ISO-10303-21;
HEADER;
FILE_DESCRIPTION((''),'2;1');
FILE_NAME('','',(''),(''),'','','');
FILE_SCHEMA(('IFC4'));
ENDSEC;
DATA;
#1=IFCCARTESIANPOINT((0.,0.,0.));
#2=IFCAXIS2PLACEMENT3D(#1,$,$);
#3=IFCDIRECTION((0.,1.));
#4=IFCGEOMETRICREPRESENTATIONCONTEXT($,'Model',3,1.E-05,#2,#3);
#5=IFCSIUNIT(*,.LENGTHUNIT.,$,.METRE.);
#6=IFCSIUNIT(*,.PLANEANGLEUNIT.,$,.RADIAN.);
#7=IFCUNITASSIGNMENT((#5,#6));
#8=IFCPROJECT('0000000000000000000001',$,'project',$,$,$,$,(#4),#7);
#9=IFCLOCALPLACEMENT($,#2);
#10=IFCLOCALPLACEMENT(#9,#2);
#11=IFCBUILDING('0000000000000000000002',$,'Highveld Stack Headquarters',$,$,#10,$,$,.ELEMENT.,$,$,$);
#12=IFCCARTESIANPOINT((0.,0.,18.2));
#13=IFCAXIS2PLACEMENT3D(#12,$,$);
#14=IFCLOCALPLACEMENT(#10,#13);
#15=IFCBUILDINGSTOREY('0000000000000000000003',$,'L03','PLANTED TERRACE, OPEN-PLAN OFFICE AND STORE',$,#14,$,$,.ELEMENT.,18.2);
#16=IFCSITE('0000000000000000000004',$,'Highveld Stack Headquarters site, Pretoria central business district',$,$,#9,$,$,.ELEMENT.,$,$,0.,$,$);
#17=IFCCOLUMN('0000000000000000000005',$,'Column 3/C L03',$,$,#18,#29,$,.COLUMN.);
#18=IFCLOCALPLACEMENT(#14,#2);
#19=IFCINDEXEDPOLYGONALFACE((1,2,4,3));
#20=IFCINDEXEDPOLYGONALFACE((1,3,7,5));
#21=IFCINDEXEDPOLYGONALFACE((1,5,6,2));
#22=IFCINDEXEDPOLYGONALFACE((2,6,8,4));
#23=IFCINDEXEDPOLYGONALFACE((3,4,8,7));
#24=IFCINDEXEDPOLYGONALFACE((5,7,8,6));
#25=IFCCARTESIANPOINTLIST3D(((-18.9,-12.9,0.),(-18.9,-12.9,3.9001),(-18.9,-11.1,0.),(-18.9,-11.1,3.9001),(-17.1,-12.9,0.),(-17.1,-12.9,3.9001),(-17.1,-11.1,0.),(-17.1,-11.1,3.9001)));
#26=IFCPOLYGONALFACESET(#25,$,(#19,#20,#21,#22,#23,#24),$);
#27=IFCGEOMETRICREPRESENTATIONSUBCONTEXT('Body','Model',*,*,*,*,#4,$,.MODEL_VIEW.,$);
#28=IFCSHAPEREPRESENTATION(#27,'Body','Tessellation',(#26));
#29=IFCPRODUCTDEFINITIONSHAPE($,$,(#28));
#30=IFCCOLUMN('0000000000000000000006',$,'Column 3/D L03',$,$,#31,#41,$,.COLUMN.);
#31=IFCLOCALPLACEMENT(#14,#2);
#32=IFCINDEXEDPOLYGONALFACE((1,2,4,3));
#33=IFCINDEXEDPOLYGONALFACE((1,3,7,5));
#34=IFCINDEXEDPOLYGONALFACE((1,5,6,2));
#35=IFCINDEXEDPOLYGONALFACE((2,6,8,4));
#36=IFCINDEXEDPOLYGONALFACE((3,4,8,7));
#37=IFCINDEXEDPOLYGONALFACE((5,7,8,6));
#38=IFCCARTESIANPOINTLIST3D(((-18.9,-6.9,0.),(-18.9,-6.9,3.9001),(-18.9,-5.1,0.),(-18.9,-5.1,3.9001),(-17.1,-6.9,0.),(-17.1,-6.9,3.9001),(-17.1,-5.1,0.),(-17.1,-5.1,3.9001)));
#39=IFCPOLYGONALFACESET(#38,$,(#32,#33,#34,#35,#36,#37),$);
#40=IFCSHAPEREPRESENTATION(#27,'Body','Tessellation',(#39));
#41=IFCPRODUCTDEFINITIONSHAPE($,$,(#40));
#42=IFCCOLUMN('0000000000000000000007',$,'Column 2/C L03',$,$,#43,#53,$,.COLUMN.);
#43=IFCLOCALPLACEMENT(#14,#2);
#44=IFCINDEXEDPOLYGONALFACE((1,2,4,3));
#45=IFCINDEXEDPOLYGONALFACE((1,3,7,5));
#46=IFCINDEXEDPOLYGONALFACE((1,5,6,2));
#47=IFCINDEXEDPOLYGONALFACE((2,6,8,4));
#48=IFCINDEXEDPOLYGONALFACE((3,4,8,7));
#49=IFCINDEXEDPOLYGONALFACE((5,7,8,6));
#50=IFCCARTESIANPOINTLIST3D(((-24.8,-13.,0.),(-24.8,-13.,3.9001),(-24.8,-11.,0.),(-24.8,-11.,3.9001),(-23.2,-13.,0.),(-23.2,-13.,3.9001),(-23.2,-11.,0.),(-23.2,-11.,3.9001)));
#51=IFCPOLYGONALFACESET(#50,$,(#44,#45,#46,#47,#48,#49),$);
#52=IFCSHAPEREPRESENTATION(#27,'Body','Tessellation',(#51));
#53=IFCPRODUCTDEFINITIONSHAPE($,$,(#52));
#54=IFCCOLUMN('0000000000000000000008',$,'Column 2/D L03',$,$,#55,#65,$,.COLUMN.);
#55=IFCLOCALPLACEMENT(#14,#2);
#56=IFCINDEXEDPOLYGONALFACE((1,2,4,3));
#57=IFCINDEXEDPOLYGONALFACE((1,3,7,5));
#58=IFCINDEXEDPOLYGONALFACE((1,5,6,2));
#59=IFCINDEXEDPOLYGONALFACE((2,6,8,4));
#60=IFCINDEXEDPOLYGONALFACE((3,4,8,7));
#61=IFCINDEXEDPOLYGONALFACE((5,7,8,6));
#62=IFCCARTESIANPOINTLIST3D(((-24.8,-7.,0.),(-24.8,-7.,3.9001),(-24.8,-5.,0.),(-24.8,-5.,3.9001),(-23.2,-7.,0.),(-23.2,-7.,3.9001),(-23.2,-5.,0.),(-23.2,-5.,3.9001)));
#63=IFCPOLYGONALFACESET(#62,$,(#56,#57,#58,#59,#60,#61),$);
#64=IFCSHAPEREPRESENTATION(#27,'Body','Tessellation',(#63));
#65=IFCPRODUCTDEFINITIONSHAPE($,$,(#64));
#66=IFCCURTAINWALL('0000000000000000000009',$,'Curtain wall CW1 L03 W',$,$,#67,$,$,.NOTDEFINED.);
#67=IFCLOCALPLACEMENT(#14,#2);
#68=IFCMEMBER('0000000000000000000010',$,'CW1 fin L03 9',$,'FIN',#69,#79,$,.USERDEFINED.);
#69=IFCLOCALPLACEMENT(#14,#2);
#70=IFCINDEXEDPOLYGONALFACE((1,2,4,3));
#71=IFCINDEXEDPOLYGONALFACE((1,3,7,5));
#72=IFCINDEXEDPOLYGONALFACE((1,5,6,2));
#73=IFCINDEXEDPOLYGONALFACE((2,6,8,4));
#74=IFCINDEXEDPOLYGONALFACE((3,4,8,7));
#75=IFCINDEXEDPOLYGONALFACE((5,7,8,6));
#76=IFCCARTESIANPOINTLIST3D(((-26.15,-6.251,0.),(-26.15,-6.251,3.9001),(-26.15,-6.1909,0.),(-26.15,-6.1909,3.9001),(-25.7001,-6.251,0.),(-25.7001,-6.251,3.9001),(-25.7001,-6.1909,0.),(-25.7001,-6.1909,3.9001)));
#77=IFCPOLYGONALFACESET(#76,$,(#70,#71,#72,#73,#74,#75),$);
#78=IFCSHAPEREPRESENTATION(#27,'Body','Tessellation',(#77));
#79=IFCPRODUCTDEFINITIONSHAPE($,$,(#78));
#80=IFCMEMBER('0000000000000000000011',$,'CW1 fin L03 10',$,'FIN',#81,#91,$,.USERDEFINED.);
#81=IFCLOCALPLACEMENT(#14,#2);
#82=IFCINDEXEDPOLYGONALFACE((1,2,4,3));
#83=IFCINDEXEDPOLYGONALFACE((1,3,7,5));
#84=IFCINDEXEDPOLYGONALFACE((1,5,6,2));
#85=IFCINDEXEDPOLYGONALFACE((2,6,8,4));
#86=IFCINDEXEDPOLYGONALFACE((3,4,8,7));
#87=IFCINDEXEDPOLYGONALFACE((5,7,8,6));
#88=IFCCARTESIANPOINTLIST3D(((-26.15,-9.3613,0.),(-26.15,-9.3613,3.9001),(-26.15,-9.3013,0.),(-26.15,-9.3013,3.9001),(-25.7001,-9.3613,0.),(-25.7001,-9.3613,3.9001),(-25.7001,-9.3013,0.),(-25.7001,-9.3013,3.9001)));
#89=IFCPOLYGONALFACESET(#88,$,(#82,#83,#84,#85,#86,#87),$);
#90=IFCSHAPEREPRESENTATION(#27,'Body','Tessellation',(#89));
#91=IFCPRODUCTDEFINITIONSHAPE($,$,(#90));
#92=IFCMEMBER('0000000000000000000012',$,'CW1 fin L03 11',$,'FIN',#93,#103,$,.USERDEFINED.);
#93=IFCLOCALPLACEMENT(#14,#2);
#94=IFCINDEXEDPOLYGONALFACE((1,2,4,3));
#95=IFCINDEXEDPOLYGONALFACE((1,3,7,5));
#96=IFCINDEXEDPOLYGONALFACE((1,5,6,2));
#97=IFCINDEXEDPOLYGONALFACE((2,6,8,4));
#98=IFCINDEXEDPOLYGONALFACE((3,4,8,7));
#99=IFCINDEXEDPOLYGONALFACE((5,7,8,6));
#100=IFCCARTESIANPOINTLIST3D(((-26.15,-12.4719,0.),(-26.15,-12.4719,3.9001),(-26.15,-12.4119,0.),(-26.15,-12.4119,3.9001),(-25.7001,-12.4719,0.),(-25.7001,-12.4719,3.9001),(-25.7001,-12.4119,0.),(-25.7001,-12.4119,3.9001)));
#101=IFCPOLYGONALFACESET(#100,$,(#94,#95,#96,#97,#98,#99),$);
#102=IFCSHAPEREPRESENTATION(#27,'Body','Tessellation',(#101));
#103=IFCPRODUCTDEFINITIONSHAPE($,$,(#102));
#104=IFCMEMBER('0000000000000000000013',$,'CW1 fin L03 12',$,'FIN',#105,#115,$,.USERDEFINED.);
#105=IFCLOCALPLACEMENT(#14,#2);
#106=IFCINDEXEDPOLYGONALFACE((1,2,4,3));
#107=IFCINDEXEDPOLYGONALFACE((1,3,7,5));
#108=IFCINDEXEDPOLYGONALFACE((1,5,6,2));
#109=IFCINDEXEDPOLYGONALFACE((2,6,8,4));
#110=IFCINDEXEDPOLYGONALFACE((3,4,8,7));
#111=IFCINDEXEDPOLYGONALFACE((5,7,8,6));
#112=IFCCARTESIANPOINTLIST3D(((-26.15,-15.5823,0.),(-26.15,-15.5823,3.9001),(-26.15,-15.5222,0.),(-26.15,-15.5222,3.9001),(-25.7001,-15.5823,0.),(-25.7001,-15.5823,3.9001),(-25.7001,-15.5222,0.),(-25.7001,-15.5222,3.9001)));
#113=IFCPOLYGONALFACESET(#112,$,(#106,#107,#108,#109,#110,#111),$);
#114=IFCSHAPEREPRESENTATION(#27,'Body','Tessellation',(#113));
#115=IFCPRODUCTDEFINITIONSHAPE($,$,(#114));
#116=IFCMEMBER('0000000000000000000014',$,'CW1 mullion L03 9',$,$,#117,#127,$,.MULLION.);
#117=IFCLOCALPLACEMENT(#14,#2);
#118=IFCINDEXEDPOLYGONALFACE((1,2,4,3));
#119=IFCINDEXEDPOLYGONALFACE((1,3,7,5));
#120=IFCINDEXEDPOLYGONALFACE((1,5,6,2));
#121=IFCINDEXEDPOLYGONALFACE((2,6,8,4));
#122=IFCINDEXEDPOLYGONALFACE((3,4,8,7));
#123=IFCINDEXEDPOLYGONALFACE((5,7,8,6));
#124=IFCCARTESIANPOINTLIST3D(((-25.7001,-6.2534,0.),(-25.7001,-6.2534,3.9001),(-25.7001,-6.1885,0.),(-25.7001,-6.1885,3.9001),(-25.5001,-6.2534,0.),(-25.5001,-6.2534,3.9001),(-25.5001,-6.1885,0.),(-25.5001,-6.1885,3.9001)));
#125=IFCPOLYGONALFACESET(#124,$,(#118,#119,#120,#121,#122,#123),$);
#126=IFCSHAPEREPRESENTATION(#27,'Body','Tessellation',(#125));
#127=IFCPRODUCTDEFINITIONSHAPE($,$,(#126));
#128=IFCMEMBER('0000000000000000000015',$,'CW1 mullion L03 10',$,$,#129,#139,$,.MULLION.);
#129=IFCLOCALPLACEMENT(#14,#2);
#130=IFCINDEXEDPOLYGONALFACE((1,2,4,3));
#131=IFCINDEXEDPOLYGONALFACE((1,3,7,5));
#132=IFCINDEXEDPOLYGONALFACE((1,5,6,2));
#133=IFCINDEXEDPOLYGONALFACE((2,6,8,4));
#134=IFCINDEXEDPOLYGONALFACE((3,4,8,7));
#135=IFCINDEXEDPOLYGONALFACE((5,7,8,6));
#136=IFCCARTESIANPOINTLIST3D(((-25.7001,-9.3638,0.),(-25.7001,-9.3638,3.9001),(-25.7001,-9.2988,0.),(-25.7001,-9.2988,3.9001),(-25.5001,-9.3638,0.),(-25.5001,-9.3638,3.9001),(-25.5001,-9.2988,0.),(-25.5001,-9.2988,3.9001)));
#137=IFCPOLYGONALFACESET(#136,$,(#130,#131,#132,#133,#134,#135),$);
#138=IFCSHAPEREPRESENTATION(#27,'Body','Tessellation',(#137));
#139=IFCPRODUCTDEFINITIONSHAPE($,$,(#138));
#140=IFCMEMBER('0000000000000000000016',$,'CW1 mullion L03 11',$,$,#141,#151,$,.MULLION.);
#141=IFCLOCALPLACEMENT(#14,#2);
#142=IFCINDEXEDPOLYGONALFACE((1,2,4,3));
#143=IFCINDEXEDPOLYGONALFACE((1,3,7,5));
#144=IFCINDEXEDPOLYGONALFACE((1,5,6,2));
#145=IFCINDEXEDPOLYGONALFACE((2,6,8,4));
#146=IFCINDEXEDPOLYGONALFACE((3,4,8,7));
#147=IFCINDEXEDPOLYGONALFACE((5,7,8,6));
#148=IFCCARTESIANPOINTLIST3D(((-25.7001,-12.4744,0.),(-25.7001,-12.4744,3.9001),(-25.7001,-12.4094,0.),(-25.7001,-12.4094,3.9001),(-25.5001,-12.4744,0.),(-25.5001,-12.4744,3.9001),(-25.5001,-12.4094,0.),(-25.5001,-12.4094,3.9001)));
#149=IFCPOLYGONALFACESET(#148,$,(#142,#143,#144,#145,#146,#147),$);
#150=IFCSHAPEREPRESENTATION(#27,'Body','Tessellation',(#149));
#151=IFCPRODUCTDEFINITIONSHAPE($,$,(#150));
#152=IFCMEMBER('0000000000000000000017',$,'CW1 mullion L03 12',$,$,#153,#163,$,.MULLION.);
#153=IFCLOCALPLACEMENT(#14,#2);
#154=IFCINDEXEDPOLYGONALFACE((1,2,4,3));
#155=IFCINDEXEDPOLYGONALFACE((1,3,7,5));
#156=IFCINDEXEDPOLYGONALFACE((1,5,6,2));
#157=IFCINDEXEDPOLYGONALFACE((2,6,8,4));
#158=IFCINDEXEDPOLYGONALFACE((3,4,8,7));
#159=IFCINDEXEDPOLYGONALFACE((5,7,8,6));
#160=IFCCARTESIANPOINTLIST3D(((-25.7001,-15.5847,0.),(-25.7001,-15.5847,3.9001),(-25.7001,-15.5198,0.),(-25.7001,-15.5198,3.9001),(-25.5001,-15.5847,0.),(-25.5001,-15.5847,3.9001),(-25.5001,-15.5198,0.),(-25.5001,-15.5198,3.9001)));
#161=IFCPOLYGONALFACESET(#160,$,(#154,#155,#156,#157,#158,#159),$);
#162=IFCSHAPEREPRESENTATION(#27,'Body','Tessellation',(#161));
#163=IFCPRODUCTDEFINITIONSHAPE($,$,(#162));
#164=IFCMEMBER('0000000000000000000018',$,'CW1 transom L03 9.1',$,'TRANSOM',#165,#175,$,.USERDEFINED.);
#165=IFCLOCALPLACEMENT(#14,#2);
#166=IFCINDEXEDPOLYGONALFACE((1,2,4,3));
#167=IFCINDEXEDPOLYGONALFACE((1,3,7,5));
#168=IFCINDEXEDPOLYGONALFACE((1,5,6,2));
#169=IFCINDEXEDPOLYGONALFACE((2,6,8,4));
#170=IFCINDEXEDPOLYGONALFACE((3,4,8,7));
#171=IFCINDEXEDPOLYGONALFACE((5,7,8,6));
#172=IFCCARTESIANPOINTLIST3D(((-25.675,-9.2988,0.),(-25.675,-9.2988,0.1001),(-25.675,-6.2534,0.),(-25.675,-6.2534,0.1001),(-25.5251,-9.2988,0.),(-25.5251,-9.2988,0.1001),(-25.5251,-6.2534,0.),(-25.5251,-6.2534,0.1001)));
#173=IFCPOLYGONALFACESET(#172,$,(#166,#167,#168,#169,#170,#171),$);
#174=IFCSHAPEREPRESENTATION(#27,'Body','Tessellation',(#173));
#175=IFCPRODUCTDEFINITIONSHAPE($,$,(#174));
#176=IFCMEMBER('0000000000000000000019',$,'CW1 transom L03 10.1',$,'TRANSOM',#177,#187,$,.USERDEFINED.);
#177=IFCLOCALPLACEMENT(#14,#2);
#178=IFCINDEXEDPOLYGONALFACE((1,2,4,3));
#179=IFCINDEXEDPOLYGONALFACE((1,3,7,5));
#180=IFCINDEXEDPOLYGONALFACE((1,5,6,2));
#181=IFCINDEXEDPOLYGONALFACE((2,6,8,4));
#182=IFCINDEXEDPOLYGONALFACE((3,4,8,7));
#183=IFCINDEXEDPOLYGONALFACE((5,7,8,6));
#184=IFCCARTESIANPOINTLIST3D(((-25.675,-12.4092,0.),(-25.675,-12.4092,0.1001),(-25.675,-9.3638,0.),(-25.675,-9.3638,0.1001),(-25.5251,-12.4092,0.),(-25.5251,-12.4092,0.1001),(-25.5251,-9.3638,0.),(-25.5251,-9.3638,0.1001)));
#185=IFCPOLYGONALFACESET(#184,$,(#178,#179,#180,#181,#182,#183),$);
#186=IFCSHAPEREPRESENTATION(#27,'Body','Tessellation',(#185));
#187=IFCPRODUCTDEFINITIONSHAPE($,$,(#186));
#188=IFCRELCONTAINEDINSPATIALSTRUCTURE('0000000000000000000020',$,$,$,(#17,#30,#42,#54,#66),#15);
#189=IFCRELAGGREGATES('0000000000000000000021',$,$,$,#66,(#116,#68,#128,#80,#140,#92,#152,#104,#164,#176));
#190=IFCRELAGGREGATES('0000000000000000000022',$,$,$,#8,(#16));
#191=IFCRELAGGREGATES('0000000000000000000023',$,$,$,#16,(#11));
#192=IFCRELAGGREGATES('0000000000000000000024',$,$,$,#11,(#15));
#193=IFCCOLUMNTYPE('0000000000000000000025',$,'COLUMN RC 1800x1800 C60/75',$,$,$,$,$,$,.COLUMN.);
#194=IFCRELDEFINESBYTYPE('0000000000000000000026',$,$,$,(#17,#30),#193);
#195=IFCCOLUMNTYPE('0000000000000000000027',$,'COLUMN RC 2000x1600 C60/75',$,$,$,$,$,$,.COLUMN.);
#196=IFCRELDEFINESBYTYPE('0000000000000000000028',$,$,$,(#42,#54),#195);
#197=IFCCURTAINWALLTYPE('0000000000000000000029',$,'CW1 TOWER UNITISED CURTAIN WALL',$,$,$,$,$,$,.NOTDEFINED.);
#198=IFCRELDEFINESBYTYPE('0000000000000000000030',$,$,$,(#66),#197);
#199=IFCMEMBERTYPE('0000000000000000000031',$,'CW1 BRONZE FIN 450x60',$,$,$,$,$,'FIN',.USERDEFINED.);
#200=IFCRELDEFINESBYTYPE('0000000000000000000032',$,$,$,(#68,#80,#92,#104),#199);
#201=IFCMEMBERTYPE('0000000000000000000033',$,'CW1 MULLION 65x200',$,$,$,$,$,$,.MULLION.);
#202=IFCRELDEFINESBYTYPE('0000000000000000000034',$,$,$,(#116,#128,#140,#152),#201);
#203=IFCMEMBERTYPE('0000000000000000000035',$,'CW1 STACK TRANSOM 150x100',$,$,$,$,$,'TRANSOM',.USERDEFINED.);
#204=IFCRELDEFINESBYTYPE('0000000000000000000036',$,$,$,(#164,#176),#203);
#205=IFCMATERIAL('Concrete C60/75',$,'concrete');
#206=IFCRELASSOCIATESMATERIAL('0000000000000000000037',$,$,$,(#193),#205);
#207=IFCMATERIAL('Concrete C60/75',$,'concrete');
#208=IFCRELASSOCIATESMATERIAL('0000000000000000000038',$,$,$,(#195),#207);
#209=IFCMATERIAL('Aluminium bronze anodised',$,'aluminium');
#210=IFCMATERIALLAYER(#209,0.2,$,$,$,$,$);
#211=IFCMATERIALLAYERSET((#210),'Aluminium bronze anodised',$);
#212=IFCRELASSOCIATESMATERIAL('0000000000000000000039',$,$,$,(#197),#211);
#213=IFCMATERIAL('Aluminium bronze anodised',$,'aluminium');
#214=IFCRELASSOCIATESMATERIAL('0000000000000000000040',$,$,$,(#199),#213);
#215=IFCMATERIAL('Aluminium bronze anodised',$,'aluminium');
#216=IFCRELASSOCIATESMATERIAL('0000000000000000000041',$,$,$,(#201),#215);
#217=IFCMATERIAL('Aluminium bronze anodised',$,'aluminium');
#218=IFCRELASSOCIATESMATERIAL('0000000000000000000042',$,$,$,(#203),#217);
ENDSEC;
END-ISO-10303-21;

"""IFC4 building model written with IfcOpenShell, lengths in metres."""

from ifc_helpers import new_model, si_unit, direction, frame, origin, origin_2d, place, context, subcontext, project, spatial, rectangle, extrude, material, layer, layer_set, material_profile, profile_set, type_object, element, aggregate, save


model = new_model("IFC4")

# Units and contexts
model_context = context("Model", 3, precision=1e-05, world=origin(), true_north=direction((0.0, 1.0)))
body_context = subcontext(model_context, "Body", "Model", "MODEL_VIEW")
ifc_project = project(units=[si_unit("LENGTHUNIT", "METRE"), si_unit("PLANEANGLEUNIT", "RADIAN")], contexts=[model_context])

# Site, building, storey
site_placement = place(None, origin())
site = spatial("IfcSite", under=ifc_project, at=site_placement, Name="Highveld Stack Headquarters site, Pretoria central business district", CompositionType="ELEMENT", RefElevation=0.0)
building_placement = place(site_placement, origin())
building = spatial("IfcBuilding", under=site, at=building_placement, Name="Highveld Stack Headquarters", CompositionType="ELEMENT")
storey_placement = place(building_placement, frame((0.0, 0.0, 18.2)))
storey = spatial("IfcBuildingStorey", under=building, at=storey_placement, Name="L03", Description="PLANTED TERRACE, OPEN-PLAN OFFICE AND STORE", CompositionType="ELEMENT", Elevation=18.2)

# Columns
ifc_material_1 = material(Name="Concrete C60/75", Category="concrete")
ifc_material_profile_1 = material_profile(ifc_material_1, rectangle(XDim=1.8, YDim=1.8, at=origin_2d()), Name="RC 1800x1800")
ifc_profile_set_1 = profile_set([ifc_material_profile_1], Name="Concrete C60/75")
column_type_1 = type_object("IfcColumnType", Name="COLUMN RC 1800x1800 C60/75", PredefinedType="COLUMN", material=ifc_profile_set_1)
for number, where, z_axis, x_axis, name in (
    (1, (-18.0, -12.0, 0.0), (0.0, 0.0, 1.0), (1.0, 0.0, 0.0), "Column 3/C L03"),
    (2, (-18.0, -6.0, 0.0), (0.0, 0.0, 1.0), (1.0, 0.0, 0.0), "Column 3/D L03"),
):
    element("IfcColumn", number, at=place(storey_placement, frame(where, z_axis=z_axis, x_axis=x_axis)), inside=storey, type_object=column_type_1, Name=name, PredefinedType="COLUMN", context=body_context, shape_type="SweptSolid", body=[
        extrude(rectangle(XDim=1.8, YDim=1.8, at=origin_2d()), origin(), (0.0, 0.0, 1.0), 3.9001),
    ])
ifc_material_2 = material(Name="Concrete C60/75", Category="concrete")
ifc_material_profile_2 = material_profile(ifc_material_2, rectangle(XDim=2.0, YDim=1.6001, at=origin_2d()), Name="RC 2000x1600")
ifc_profile_set_2 = profile_set([ifc_material_profile_2], Name="Concrete C60/75")
column_type_2 = type_object("IfcColumnType", Name="COLUMN RC 2000x1600 C60/75", PredefinedType="COLUMN", material=ifc_profile_set_2)
for number, where, z_axis, x_axis, name in (
    (3, (-24.0, -12.0, 0.0), (0.0, 0.0, 1.0), (0.0, 1.0, 0.0), "Column 2/C L03"),
    (4, (-24.0, -6.0, 0.0), (0.0, 0.0, 1.0), (0.0, 1.0, 0.0), "Column 2/D L03"),
):
    element("IfcColumn", number, at=place(storey_placement, frame(where, z_axis=z_axis, x_axis=x_axis)), inside=storey, type_object=column_type_2, Name=name, PredefinedType="COLUMN", context=body_context, shape_type="SweptSolid", body=[
        extrude(rectangle(XDim=2.0, YDim=1.6001, at=origin_2d()), origin(), (0.0, 0.0, 1.0), 3.9001),
    ])

# Curtain wall, members
ifc_material_3 = material(Name="Aluminium bronze anodised", Category="aluminium")
ifc_layer_1 = layer(ifc_material_3, 0.2)
ifc_layer_set_1 = layer_set([ifc_layer_1], Name="Aluminium bronze anodised")
curtain_wall_type = type_object("IfcCurtainWallType", Name="CW1 TOWER UNITISED CURTAIN WALL", PredefinedType="NOTDEFINED", material=ifc_layer_set_1)
curtain_wall_placement = place(storey_placement, origin())
curtain_wall = element("IfcCurtainWall", 5, at=curtain_wall_placement, inside=storey, type_object=curtain_wall_type, Name="Curtain wall CW1 L03 W", PredefinedType="NOTDEFINED")
ifc_material_4 = material(Name="Aluminium bronze anodised", Category="aluminium")
ifc_material_profile_3 = material_profile(ifc_material_4, rectangle(XDim=0.45, YDim=0.0601, at=origin_2d()), Name="FIN 450x60")
ifc_profile_set_3 = profile_set([ifc_material_profile_3], Name="Aluminium bronze anodised")
member_type_1 = type_object("IfcMemberType", Name="CW1 BRONZE FIN 450x60", ElementType="FIN", PredefinedType="USERDEFINED", material=ifc_profile_set_3)
member_1_placement = place(storey_placement, frame((-25.925, -6.2209, 0.0), z_axis=(0.0, 0.0, 1.0), x_axis=(1.0, 0.0, 0.0)))
member_1 = element("IfcMember", 6, at=member_1_placement, type_object=member_type_1, Name="CW1 fin L03 9", ObjectType="FIN", PredefinedType="USERDEFINED", context=body_context, shape_type="SweptSolid", body=[
    extrude(rectangle(XDim=0.45, YDim=0.0601, at=origin_2d()), origin(), (0.0, 0.0, 1.0), 3.9001),
])
member_2_placement = place(storey_placement, frame((-25.925, -9.3313, 0.0), z_axis=(0.0, 0.0, 1.0), x_axis=(1.0, 0.0, 0.0)))
member_2 = element("IfcMember", 7, at=member_2_placement, type_object=member_type_1, Name="CW1 fin L03 10", ObjectType="FIN", PredefinedType="USERDEFINED", context=body_context, shape_type="SweptSolid", body=[
    extrude(rectangle(XDim=0.45, YDim=0.0601, at=origin_2d()), origin(), (0.0, 0.0, 1.0), 3.9001),
])
member_3_placement = place(storey_placement, frame((-25.925, -12.4419, 0.0), z_axis=(0.0, 0.0, 1.0), x_axis=(1.0, 0.0, 0.0)))
member_3 = element("IfcMember", 8, at=member_3_placement, type_object=member_type_1, Name="CW1 fin L03 11", ObjectType="FIN", PredefinedType="USERDEFINED", context=body_context, shape_type="SweptSolid", body=[
    extrude(rectangle(XDim=0.45, YDim=0.0601, at=origin_2d()), origin(), (0.0, 0.0, 1.0), 3.9001),
])
member_4_placement = place(storey_placement, frame((-25.925, -15.5522, 0.0), z_axis=(0.0, 0.0, 1.0), x_axis=(1.0, 0.0, 0.0)))
member_4 = element("IfcMember", 9, at=member_4_placement, type_object=member_type_1, Name="CW1 fin L03 12", ObjectType="FIN", PredefinedType="USERDEFINED", context=body_context, shape_type="SweptSolid", body=[
    extrude(rectangle(XDim=0.45, YDim=0.0601, at=origin_2d()), origin(), (0.0, 0.0, 1.0), 3.9001),
])
ifc_material_5 = material(Name="Aluminium bronze anodised", Category="aluminium")
ifc_material_profile_4 = material_profile(ifc_material_5, rectangle(XDim=0.2, YDim=0.0649, at=origin_2d()), Name="CW1 MULLION 65x200")
ifc_profile_set_4 = profile_set([ifc_material_profile_4], Name="Aluminium bronze anodised")
member_type_2 = type_object("IfcMemberType", Name="CW1 MULLION 65x200", PredefinedType="MULLION", material=ifc_profile_set_4)
member_5_placement = place(storey_placement, frame((-25.6001, -6.2209, 0.0), z_axis=(0.0, 0.0, 1.0), x_axis=(1.0, 0.0, 0.0)))
member_5 = element("IfcMember", 10, at=member_5_placement, type_object=member_type_2, Name="CW1 mullion L03 9", PredefinedType="MULLION", context=body_context, shape_type="SweptSolid", body=[
    extrude(rectangle(XDim=0.2, YDim=0.0649, at=origin_2d()), origin(), (0.0, 0.0, 1.0), 3.9001),
])
member_6_placement = place(storey_placement, frame((-25.6001, -9.3313, 0.0), z_axis=(0.0, 0.0, 1.0), x_axis=(1.0, 0.0, 0.0)))
member_6 = element("IfcMember", 11, at=member_6_placement, type_object=member_type_2, Name="CW1 mullion L03 10", PredefinedType="MULLION", context=body_context, shape_type="SweptSolid", body=[
    extrude(rectangle(XDim=0.2, YDim=0.0649, at=origin_2d()), origin(), (0.0, 0.0, 1.0), 3.9001),
])
member_7_placement = place(storey_placement, frame((-25.6001, -12.4419, 0.0), z_axis=(0.0, 0.0, 1.0), x_axis=(1.0, 0.0, 0.0)))
member_7 = element("IfcMember", 12, at=member_7_placement, type_object=member_type_2, Name="CW1 mullion L03 11", PredefinedType="MULLION", context=body_context, shape_type="SweptSolid", body=[
    extrude(rectangle(XDim=0.2, YDim=0.0649, at=origin_2d()), origin(), (0.0, 0.0, 1.0), 3.9001),
])
member_8_placement = place(storey_placement, frame((-25.6001, -15.5522, 0.0), z_axis=(0.0, 0.0, 1.0), x_axis=(1.0, 0.0, 0.0)))
member_8 = element("IfcMember", 13, at=member_8_placement, type_object=member_type_2, Name="CW1 mullion L03 12", PredefinedType="MULLION", context=body_context, shape_type="SweptSolid", body=[
    extrude(rectangle(XDim=0.2, YDim=0.0649, at=origin_2d()), origin(), (0.0, 0.0, 1.0), 3.9001),
])
ifc_material_6 = material(Name="Aluminium bronze anodised", Category="aluminium")
ifc_material_profile_5 = material_profile(ifc_material_6, rectangle(XDim=0.1499, YDim=0.1001, at=origin_2d()), Name="CW1 TRANSOM 150x100")
ifc_profile_set_5 = profile_set([ifc_material_profile_5], Name="Aluminium bronze anodised")
member_type_3 = type_object("IfcMemberType", Name="CW1 STACK TRANSOM 150x100", ElementType="TRANSOM", PredefinedType="USERDEFINED", material=ifc_profile_set_5)
member_9_placement = place(storey_placement, frame((-25.6001, -6.2534, 0.05), z_axis=(0.0, -1.0, 0.0), x_axis=(1.0, 0.0, 0.0)))
member_9 = element("IfcMember", 14, at=member_9_placement, type_object=member_type_3, Name="CW1 transom L03 9.1", ObjectType="TRANSOM", PredefinedType="USERDEFINED", context=body_context, shape_type="SweptSolid", body=[
    extrude(rectangle(XDim=0.1499, YDim=0.1001, at=origin_2d()), origin(), (0.0, 0.0, 1.0), 3.0454),
])
member_10_placement = place(storey_placement, frame((-25.6001, -9.3638, 0.05), z_axis=(0.0, -1.0, 0.0), x_axis=(1.0, 0.0, 0.0)))
member_10 = element("IfcMember", 15, at=member_10_placement, type_object=member_type_3, Name="CW1 transom L03 10.1", ObjectType="TRANSOM", PredefinedType="USERDEFINED", context=body_context, shape_type="SweptSolid", body=[
    extrude(rectangle(XDim=0.1499, YDim=0.1001, at=origin_2d()), origin(), (0.0, 0.0, 1.0), 3.0454),
])

aggregate(curtain_wall, [member_5, member_1, member_6, member_2, member_7, member_3, member_8, member_4, member_9, member_10])

save(model, "model.ifc")
